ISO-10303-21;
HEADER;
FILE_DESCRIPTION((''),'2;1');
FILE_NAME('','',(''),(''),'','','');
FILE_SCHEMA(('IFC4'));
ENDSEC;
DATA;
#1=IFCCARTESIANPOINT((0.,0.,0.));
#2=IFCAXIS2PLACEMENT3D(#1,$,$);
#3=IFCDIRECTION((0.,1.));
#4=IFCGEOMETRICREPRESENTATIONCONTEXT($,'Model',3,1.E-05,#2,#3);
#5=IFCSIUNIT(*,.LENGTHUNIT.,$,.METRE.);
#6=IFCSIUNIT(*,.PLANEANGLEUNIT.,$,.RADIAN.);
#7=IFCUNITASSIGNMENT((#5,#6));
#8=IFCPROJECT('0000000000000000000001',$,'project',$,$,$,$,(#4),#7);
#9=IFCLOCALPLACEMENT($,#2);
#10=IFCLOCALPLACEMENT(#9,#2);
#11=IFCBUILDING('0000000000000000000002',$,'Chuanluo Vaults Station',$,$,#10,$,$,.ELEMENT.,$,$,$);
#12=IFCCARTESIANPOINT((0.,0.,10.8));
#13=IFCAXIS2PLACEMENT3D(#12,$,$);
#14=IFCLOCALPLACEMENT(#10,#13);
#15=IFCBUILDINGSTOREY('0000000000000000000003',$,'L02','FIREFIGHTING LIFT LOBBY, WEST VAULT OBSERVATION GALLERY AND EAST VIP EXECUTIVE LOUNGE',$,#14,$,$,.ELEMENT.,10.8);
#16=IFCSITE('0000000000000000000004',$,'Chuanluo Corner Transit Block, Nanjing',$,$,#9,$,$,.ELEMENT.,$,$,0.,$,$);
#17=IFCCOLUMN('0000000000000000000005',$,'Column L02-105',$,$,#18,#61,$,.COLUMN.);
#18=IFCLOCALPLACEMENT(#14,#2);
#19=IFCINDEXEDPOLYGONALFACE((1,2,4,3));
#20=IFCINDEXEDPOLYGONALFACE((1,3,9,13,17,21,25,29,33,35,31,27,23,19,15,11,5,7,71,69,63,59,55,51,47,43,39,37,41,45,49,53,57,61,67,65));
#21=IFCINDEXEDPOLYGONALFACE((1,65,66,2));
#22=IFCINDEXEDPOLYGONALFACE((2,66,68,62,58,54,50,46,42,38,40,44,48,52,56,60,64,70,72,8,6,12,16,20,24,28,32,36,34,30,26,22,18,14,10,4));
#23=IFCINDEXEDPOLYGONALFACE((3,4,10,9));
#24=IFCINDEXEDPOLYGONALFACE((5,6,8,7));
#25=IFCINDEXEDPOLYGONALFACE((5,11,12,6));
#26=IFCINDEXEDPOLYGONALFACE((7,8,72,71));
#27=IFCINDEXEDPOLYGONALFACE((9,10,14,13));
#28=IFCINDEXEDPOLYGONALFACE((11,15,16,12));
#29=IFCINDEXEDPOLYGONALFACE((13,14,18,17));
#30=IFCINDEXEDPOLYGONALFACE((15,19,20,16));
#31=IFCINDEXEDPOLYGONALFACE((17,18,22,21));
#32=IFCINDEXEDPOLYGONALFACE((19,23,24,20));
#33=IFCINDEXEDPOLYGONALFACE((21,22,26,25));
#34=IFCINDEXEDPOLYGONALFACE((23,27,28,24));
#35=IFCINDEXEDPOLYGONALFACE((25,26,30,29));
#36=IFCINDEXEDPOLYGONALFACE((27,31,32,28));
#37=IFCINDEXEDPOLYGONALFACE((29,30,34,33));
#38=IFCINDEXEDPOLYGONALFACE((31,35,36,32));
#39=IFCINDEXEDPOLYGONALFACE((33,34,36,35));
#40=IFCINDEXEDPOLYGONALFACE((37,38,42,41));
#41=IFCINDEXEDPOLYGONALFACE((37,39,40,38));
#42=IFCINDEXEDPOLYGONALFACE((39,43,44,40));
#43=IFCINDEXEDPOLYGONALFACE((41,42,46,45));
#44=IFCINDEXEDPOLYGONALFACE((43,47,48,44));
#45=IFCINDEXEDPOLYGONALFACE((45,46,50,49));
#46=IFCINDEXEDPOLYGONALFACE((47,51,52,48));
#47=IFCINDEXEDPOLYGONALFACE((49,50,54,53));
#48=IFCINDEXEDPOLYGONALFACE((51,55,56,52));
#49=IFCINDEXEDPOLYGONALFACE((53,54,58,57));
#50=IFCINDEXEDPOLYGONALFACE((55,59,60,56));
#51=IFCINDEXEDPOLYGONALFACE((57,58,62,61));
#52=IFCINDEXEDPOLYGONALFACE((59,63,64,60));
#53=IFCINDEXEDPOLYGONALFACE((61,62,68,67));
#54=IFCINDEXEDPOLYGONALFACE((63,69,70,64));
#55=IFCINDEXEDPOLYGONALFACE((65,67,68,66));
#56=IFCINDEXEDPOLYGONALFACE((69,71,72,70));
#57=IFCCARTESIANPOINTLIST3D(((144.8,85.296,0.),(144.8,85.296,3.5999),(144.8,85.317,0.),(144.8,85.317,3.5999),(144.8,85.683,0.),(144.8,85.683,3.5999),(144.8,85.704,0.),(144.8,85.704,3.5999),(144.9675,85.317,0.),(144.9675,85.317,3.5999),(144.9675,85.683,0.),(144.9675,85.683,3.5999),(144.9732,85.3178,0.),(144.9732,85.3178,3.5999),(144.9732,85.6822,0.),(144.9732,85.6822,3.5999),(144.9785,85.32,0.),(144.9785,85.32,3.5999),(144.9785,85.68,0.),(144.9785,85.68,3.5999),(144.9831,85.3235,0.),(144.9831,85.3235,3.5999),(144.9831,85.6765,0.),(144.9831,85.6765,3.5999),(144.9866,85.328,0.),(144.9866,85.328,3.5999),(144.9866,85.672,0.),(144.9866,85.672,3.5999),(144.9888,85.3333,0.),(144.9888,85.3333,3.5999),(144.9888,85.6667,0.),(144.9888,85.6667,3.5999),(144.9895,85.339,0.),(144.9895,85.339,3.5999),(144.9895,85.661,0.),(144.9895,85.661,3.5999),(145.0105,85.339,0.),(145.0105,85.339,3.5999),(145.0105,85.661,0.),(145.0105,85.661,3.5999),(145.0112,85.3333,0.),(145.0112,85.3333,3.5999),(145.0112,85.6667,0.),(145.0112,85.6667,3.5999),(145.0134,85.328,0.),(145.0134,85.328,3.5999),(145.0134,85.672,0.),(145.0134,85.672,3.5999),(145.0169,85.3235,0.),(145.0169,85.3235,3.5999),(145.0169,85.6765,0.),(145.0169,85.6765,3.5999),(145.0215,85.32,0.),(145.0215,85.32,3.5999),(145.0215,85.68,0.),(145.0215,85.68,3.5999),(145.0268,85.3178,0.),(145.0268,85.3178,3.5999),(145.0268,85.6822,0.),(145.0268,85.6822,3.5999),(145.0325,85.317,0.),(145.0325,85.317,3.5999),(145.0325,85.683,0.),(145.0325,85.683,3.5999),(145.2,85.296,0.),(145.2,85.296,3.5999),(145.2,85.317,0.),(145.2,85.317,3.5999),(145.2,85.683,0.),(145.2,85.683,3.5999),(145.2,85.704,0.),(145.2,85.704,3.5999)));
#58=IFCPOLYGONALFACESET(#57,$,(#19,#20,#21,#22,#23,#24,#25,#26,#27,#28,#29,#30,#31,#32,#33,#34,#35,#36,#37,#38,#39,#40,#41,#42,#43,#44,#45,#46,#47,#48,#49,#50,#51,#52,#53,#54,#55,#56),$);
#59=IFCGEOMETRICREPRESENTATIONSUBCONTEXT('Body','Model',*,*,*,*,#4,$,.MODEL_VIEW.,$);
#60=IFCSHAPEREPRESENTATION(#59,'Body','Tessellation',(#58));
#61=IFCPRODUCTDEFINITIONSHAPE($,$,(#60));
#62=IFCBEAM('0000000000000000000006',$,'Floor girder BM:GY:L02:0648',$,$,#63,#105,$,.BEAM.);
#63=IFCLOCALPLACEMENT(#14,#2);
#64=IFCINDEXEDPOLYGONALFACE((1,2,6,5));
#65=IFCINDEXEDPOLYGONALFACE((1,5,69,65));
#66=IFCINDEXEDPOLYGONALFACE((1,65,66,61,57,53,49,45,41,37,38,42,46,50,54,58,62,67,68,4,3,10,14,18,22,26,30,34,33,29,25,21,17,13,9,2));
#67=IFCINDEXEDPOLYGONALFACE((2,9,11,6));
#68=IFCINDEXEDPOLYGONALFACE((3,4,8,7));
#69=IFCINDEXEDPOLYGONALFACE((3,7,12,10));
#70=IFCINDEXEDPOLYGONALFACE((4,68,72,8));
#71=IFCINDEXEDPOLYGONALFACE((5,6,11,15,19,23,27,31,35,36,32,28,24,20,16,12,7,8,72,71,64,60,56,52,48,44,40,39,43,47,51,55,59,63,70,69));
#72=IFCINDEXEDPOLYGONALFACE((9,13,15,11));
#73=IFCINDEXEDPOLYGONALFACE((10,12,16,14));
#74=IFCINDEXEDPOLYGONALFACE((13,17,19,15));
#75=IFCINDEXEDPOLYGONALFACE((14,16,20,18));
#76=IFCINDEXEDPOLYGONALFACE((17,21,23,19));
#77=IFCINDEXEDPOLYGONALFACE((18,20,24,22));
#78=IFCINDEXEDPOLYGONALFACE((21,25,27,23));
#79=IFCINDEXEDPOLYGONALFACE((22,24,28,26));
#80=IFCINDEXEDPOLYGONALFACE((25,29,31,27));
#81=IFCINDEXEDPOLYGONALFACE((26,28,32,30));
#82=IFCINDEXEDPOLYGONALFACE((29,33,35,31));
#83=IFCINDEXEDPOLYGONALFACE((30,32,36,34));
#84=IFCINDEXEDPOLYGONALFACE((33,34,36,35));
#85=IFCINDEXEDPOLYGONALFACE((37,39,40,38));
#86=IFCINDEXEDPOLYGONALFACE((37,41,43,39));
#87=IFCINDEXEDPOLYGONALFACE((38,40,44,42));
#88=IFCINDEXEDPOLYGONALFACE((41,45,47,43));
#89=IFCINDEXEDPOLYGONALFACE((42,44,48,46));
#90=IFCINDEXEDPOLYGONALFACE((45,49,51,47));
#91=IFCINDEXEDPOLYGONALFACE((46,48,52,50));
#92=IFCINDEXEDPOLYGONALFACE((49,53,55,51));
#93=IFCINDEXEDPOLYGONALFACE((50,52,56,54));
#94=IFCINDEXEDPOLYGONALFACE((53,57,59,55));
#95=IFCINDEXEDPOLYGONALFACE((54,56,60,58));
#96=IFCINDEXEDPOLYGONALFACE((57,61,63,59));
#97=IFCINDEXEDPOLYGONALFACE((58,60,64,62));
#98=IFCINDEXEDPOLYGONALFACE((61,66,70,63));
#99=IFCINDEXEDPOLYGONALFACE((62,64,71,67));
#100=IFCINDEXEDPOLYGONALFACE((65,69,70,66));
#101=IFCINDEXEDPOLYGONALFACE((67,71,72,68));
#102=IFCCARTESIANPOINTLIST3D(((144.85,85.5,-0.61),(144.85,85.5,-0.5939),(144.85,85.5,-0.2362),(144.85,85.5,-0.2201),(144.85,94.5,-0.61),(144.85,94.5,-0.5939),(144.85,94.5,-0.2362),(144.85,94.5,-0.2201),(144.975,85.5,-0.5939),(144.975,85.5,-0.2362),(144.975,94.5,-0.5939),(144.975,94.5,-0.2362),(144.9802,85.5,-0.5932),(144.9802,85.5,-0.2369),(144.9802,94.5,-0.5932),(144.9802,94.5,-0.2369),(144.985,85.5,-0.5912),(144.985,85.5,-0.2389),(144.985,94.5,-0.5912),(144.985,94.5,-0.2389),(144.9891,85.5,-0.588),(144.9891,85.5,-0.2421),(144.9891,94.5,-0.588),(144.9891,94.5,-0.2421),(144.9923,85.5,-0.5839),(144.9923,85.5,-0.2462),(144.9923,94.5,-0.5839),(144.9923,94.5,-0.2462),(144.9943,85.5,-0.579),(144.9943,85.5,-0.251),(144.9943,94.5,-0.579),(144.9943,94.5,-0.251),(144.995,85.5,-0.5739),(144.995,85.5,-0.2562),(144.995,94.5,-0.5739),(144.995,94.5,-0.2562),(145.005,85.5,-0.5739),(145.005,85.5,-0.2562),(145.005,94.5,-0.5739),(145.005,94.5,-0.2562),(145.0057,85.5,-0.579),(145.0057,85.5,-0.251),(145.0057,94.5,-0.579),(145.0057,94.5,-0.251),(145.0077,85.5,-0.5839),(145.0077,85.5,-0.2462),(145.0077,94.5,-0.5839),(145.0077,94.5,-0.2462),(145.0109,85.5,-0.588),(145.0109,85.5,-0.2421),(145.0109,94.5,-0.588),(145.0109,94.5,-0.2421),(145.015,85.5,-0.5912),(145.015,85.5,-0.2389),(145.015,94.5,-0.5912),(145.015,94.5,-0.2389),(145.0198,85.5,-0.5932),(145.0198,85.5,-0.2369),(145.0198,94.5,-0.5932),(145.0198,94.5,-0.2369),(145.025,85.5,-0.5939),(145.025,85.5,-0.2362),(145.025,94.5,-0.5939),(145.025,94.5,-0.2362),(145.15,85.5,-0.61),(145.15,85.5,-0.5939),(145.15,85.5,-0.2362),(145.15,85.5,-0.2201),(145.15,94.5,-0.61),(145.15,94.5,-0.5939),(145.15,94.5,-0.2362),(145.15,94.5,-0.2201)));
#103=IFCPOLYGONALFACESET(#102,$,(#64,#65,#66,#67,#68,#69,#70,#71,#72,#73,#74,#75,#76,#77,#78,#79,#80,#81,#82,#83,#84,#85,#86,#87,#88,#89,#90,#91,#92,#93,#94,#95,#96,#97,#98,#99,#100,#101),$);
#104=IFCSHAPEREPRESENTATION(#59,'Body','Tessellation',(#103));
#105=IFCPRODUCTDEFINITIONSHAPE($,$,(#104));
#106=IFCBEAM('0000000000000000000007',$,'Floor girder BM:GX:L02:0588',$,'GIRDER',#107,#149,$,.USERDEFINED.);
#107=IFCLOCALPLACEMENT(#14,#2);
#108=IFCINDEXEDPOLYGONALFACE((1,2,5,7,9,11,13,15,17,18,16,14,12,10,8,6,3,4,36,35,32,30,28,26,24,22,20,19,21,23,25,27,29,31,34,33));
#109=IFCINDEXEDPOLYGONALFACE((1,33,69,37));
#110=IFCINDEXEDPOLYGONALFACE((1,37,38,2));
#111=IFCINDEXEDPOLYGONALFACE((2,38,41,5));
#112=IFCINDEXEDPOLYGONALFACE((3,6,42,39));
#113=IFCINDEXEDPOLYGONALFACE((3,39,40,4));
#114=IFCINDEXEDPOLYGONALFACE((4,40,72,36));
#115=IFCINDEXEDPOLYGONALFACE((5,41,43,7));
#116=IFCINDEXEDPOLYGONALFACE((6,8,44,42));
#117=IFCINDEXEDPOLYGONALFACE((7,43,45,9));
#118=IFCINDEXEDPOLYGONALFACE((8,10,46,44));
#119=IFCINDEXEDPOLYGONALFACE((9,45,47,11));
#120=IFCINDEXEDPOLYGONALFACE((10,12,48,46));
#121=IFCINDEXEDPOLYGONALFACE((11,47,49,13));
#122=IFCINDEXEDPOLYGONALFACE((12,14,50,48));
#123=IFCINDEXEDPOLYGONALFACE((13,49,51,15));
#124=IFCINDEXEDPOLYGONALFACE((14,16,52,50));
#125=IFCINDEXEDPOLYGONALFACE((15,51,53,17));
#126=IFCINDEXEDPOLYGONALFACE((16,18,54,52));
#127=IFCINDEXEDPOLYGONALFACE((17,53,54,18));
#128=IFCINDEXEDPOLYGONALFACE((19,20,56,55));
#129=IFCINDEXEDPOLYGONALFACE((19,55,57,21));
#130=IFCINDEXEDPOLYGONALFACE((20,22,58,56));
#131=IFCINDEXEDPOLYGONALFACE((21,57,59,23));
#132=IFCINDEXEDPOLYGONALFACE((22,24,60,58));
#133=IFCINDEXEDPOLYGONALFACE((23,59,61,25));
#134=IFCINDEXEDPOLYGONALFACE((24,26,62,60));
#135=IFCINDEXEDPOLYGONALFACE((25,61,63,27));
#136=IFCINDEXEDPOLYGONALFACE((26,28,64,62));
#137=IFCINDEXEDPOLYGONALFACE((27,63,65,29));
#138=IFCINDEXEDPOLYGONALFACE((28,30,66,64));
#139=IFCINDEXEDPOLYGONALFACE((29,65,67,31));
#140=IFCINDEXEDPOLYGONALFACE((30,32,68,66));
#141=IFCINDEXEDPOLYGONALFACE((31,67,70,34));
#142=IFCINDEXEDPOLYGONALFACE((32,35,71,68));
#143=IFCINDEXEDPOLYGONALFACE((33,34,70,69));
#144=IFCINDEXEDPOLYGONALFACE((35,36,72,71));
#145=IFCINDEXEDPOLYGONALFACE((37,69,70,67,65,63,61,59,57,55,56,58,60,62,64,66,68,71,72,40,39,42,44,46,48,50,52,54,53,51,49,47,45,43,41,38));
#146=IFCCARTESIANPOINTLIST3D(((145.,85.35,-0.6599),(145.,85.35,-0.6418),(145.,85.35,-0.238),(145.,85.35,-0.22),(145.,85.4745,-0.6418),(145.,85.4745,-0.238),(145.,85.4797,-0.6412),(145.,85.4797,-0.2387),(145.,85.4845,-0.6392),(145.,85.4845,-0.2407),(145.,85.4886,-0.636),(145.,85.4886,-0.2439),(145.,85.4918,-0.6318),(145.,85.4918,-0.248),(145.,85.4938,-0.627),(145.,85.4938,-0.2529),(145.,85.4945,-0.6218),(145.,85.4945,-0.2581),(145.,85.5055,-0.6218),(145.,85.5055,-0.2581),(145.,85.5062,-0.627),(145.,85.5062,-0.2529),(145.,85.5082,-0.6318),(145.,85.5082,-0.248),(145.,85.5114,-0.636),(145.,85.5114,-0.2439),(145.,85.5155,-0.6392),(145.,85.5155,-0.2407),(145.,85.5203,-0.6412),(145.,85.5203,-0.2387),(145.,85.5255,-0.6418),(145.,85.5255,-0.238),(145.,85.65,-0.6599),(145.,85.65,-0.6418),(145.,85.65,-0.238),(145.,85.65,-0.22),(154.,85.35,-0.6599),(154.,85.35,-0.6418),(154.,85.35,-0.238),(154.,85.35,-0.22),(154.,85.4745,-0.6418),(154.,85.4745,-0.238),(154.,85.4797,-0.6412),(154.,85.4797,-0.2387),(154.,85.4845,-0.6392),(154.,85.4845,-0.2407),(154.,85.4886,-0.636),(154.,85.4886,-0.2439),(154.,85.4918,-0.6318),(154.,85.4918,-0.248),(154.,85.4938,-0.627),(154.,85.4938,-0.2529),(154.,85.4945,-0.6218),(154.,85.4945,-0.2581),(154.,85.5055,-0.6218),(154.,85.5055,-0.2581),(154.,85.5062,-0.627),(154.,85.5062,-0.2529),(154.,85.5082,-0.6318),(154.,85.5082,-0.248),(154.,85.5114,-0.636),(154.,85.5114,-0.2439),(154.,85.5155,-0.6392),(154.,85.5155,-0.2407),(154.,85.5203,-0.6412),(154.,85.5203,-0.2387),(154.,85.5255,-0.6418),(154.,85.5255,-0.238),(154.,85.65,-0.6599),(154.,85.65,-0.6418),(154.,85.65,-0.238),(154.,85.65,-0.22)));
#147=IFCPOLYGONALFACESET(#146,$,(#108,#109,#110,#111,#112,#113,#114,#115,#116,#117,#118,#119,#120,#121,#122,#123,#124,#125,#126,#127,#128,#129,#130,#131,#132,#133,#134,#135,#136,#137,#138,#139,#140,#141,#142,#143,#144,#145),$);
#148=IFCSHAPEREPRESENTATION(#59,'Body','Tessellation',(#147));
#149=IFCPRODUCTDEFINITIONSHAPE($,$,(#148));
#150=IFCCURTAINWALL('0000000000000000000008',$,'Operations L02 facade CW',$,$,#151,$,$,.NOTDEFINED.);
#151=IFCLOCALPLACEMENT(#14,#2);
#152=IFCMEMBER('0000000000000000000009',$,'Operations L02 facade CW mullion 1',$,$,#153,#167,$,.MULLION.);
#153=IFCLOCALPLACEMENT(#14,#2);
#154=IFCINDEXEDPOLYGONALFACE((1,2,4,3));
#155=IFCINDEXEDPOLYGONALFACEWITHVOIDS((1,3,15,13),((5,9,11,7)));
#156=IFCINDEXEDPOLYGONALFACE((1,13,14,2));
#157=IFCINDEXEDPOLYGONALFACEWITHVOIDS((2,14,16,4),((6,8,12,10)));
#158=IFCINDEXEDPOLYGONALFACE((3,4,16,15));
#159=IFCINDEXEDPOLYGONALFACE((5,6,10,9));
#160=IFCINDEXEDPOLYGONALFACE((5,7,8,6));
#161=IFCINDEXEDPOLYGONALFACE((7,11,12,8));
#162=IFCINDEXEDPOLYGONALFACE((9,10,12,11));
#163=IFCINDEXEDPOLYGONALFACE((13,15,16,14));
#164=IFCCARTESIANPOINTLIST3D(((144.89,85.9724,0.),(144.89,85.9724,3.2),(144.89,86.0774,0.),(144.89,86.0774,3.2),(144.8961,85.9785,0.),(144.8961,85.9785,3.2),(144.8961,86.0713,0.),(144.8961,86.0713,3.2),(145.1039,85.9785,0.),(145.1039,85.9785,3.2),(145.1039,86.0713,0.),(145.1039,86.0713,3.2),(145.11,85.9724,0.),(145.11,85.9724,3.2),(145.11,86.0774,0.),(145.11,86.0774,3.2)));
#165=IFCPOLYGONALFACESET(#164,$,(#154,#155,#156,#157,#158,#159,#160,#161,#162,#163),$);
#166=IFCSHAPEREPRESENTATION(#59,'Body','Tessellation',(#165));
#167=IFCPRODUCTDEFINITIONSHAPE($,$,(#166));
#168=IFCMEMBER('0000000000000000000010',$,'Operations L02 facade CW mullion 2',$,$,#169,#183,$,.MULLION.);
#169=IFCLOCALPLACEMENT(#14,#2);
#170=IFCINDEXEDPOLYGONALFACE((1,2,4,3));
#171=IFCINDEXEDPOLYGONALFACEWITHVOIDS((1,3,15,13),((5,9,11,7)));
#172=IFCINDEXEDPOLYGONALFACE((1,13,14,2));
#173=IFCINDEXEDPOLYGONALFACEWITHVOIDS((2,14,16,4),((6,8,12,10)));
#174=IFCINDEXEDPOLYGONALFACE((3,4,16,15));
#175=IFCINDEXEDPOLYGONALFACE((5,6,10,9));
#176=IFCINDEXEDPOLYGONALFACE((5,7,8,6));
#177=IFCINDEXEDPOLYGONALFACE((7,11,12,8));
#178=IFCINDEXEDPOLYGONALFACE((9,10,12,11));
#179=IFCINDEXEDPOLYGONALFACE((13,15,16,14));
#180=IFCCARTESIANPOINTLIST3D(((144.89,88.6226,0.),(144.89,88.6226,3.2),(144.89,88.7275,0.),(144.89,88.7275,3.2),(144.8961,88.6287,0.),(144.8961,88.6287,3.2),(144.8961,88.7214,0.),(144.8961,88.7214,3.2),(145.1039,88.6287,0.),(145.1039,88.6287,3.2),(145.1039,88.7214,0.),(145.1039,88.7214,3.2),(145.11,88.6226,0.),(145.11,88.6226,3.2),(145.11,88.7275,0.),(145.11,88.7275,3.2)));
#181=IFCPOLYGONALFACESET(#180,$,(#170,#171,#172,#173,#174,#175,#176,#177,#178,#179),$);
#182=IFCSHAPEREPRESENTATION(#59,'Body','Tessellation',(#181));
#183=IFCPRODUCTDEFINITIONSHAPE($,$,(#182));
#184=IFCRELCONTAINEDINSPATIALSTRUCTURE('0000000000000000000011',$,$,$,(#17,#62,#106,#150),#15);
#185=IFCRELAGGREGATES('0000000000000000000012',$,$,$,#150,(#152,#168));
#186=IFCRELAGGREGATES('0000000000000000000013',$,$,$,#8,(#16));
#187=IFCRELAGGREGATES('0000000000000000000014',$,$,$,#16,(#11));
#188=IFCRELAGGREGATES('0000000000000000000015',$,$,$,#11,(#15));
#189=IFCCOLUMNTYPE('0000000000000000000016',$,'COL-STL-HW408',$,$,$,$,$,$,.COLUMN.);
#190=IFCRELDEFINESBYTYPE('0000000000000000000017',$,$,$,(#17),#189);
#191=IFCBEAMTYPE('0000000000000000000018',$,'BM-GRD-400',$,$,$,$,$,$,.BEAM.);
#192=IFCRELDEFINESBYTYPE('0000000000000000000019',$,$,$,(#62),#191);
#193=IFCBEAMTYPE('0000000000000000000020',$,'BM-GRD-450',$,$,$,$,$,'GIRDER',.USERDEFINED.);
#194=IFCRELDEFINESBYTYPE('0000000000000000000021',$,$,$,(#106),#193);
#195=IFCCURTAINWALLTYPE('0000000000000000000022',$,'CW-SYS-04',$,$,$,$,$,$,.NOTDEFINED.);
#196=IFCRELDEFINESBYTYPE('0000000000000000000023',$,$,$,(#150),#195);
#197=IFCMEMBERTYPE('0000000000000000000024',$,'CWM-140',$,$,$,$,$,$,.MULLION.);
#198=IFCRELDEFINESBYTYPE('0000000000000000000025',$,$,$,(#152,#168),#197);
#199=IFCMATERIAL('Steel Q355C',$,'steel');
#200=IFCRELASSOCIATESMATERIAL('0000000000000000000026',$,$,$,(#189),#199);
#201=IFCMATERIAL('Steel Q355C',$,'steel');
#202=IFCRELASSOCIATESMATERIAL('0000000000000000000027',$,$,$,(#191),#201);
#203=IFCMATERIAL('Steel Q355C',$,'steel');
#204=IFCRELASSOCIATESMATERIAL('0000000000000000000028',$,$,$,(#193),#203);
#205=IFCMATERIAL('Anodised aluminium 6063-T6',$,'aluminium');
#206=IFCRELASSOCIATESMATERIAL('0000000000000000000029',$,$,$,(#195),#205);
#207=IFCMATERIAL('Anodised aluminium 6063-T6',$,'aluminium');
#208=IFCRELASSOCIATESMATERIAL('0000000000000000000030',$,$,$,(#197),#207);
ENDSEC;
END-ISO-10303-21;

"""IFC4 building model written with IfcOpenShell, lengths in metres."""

from ifc_helpers import new_model, si_unit, direction, frame, origin, origin_2d, place, context, subcontext, project, spatial, hollow_rectangle, i_section, extrude, material, material_profile, profile_set, type_object, element, aggregate, save


model = new_model("IFC4")

# Units and contexts
model_context = context("Model", 3, precision=1e-05, world=origin(), true_north=direction((0.0, 1.0)))
body_context = subcontext(model_context, "Body", "Model", "MODEL_VIEW")
ifc_project = project(units=[si_unit("LENGTHUNIT", "METRE"), si_unit("PLANEANGLEUNIT", "RADIAN")], contexts=[model_context])

# Site, building, storey
site_placement = place(None, origin())
site = spatial("IfcSite", under=ifc_project, at=site_placement, Name="Chuanluo Corner Transit Block, Nanjing", CompositionType="ELEMENT", RefElevation=0.0)
building_placement = place(site_placement, origin())
building = spatial("IfcBuilding", under=site, at=building_placement, Name="Chuanluo Vaults Station", CompositionType="ELEMENT")
storey_placement = place(building_placement, frame((0.0, 0.0, 10.8)))
storey = spatial("IfcBuildingStorey", under=building, at=storey_placement, Name="L02", Description="FIREFIGHTING LIFT LOBBY, WEST VAULT OBSERVATION GALLERY AND EAST VIP EXECUTIVE LOUNGE", CompositionType="ELEMENT", Elevation=10.8)

# Column
ifc_material_1 = material(Name="Steel Q355C", Category="steel")
ifc_material_profile_1 = material_profile(ifc_material_1, i_section(OverallWidth=0.3999, OverallDepth=0.408, WebThickness=0.021, FlangeThickness=0.021, FilletRadius=0.022, at=origin_2d()))
ifc_profile_set_1 = profile_set([ifc_material_profile_1], Name="Steel Q355C")
column_type = type_object("IfcColumnType", Name="COL-STL-HW408", PredefinedType="COLUMN", material=ifc_profile_set_1)
column_placement = place(storey_placement, frame((145.0, 85.5, 0.0), z_axis=(0.0, 0.0, 1.0), x_axis=(1.0, 0.0, 0.0)))
element("IfcColumn", 1, at=column_placement, inside=storey, type_object=column_type, Name="Column L02-105", PredefinedType="COLUMN", context=body_context, shape_type="SweptSolid", body=[
    extrude(i_section(OverallWidth=0.3999, OverallDepth=0.408, WebThickness=0.021, FlangeThickness=0.021, FilletRadius=0.022, at=origin_2d()), origin(), (0.0, 0.0, 1.0), 3.5999),
])

# Beams
ifc_material_2 = material(Name="Steel Q355C", Category="steel")
ifc_material_profile_2 = material_profile(ifc_material_2, i_section(OverallWidth=0.3, OverallDepth=0.3899, WebThickness=0.01, FlangeThickness=0.0161, FilletRadius=0.02, at=origin_2d()))
ifc_profile_set_2 = profile_set([ifc_material_profile_2], Name="Steel Q355C")
beam_type_1 = type_object("IfcBeamType", Name="BM-GRD-400", PredefinedType="BEAM", material=ifc_profile_set_2)
beam_1_placement = place(storey_placement, frame((145.0, 85.5, -0.415), z_axis=(0.0, 1.0, 0.0), x_axis=(-1.0, 0.0, 0.0)))
element("IfcBeam", 2, at=beam_1_placement, inside=storey, type_object=beam_type_1, Name="Floor girder BM:GY:L02:0648", PredefinedType="BEAM", context=body_context, shape_type="SweptSolid", body=[
    extrude(i_section(OverallWidth=0.3, OverallDepth=0.3899, WebThickness=0.01, FlangeThickness=0.0161, FilletRadius=0.02, at=origin_2d()), origin(), (0.0, 0.0, 1.0), 9.0),
])
ifc_material_3 = material(Name="Steel Q355C", Category="steel")
ifc_material_profile_3 = material_profile(ifc_material_3, i_section(OverallWidth=0.3, OverallDepth=0.4399, WebThickness=0.011, FlangeThickness=0.0181, FilletRadius=0.02, at=origin_2d()))
ifc_profile_set_3 = profile_set([ifc_material_profile_3], Name="Steel Q355C")
beam_type_2 = type_object("IfcBeamType", Name="BM-GRD-450", ElementType="GIRDER", PredefinedType="USERDEFINED", material=ifc_profile_set_3)
beam_2_placement = place(storey_placement, frame((145.0, 85.5, -0.4399), z_axis=(1.0, 0.0, 0.0), x_axis=(0.0, 1.0, 0.0)))
element("IfcBeam", 3, at=beam_2_placement, inside=storey, type_object=beam_type_2, Name="Floor girder BM:GX:L02:0588", ObjectType="GIRDER", PredefinedType="USERDEFINED", context=body_context, shape_type="SweptSolid", body=[
    extrude(i_section(OverallWidth=0.3, OverallDepth=0.4399, WebThickness=0.011, FlangeThickness=0.0181, FilletRadius=0.02, at=origin_2d()), origin(), (0.0, 0.0, 1.0), 9.0),
])

# Curtain wall, members
ifc_material_4 = material(Name="Anodised aluminium 6063-T6", Category="aluminium")
curtain_wall_type_1 = type_object("IfcCurtainWallType", Name="CW-SYS-04", PredefinedType="NOTDEFINED", material=ifc_material_4)
curtain_wall_1_placement = place(storey_placement, origin())
curtain_wall_1 = element("IfcCurtainWall", 4, at=curtain_wall_1_placement, inside=storey, type_object=curtain_wall_type_1, Name="Operations L02 facade CW", PredefinedType="NOTDEFINED")
ifc_material_5 = material(Name="Anodised aluminium 6063-T6", Category="aluminium")
ifc_material_profile_4 = material_profile(ifc_material_5, hollow_rectangle(XDim=0.105, YDim=0.22, WallThickness=0.0061, at=origin_2d()))
ifc_profile_set_4 = profile_set([ifc_material_profile_4], Name="Anodised aluminium 6063-T6")
member_type_1 = type_object("IfcMemberType", Name="CWM-140", PredefinedType="MULLION", material=ifc_profile_set_4)
member_1_placement = place(storey_placement, frame((145.0, 86.0249, 0.0), z_axis=(0.0, 0.0, 1.0), x_axis=(0.0, 1.0, 0.0)))
member_1 = element("IfcMember", 5, at=member_1_placement, type_object=member_type_1, Name="Operations L02 facade CW mullion 1", PredefinedType="MULLION", context=body_context, shape_type="SweptSolid", body=[
    extrude(hollow_rectangle(XDim=0.105, YDim=0.22, WallThickness=0.0061, at=origin_2d()), origin(), (0.0, 0.0, 1.0), 3.2),
])
member_2_placement = place(storey_placement, frame((145.0, 88.675, 0.0), z_axis=(0.0, 0.0, 1.0), x_axis=(0.0, 1.0, 0.0)))
member_2 = element("IfcMember", 6, at=member_2_placement, type_object=member_type_1, Name="Operations L02 facade CW mullion 2", PredefinedType="MULLION", context=body_context, shape_type="SweptSolid", body=[
    extrude(hollow_rectangle(XDim=0.105, YDim=0.22, WallThickness=0.0061, at=origin_2d()), origin(), (0.0, 0.0, 1.0), 3.2),
])

aggregate(curtain_wall_1, [member_1, member_2])

save(model, "model.ifc")
